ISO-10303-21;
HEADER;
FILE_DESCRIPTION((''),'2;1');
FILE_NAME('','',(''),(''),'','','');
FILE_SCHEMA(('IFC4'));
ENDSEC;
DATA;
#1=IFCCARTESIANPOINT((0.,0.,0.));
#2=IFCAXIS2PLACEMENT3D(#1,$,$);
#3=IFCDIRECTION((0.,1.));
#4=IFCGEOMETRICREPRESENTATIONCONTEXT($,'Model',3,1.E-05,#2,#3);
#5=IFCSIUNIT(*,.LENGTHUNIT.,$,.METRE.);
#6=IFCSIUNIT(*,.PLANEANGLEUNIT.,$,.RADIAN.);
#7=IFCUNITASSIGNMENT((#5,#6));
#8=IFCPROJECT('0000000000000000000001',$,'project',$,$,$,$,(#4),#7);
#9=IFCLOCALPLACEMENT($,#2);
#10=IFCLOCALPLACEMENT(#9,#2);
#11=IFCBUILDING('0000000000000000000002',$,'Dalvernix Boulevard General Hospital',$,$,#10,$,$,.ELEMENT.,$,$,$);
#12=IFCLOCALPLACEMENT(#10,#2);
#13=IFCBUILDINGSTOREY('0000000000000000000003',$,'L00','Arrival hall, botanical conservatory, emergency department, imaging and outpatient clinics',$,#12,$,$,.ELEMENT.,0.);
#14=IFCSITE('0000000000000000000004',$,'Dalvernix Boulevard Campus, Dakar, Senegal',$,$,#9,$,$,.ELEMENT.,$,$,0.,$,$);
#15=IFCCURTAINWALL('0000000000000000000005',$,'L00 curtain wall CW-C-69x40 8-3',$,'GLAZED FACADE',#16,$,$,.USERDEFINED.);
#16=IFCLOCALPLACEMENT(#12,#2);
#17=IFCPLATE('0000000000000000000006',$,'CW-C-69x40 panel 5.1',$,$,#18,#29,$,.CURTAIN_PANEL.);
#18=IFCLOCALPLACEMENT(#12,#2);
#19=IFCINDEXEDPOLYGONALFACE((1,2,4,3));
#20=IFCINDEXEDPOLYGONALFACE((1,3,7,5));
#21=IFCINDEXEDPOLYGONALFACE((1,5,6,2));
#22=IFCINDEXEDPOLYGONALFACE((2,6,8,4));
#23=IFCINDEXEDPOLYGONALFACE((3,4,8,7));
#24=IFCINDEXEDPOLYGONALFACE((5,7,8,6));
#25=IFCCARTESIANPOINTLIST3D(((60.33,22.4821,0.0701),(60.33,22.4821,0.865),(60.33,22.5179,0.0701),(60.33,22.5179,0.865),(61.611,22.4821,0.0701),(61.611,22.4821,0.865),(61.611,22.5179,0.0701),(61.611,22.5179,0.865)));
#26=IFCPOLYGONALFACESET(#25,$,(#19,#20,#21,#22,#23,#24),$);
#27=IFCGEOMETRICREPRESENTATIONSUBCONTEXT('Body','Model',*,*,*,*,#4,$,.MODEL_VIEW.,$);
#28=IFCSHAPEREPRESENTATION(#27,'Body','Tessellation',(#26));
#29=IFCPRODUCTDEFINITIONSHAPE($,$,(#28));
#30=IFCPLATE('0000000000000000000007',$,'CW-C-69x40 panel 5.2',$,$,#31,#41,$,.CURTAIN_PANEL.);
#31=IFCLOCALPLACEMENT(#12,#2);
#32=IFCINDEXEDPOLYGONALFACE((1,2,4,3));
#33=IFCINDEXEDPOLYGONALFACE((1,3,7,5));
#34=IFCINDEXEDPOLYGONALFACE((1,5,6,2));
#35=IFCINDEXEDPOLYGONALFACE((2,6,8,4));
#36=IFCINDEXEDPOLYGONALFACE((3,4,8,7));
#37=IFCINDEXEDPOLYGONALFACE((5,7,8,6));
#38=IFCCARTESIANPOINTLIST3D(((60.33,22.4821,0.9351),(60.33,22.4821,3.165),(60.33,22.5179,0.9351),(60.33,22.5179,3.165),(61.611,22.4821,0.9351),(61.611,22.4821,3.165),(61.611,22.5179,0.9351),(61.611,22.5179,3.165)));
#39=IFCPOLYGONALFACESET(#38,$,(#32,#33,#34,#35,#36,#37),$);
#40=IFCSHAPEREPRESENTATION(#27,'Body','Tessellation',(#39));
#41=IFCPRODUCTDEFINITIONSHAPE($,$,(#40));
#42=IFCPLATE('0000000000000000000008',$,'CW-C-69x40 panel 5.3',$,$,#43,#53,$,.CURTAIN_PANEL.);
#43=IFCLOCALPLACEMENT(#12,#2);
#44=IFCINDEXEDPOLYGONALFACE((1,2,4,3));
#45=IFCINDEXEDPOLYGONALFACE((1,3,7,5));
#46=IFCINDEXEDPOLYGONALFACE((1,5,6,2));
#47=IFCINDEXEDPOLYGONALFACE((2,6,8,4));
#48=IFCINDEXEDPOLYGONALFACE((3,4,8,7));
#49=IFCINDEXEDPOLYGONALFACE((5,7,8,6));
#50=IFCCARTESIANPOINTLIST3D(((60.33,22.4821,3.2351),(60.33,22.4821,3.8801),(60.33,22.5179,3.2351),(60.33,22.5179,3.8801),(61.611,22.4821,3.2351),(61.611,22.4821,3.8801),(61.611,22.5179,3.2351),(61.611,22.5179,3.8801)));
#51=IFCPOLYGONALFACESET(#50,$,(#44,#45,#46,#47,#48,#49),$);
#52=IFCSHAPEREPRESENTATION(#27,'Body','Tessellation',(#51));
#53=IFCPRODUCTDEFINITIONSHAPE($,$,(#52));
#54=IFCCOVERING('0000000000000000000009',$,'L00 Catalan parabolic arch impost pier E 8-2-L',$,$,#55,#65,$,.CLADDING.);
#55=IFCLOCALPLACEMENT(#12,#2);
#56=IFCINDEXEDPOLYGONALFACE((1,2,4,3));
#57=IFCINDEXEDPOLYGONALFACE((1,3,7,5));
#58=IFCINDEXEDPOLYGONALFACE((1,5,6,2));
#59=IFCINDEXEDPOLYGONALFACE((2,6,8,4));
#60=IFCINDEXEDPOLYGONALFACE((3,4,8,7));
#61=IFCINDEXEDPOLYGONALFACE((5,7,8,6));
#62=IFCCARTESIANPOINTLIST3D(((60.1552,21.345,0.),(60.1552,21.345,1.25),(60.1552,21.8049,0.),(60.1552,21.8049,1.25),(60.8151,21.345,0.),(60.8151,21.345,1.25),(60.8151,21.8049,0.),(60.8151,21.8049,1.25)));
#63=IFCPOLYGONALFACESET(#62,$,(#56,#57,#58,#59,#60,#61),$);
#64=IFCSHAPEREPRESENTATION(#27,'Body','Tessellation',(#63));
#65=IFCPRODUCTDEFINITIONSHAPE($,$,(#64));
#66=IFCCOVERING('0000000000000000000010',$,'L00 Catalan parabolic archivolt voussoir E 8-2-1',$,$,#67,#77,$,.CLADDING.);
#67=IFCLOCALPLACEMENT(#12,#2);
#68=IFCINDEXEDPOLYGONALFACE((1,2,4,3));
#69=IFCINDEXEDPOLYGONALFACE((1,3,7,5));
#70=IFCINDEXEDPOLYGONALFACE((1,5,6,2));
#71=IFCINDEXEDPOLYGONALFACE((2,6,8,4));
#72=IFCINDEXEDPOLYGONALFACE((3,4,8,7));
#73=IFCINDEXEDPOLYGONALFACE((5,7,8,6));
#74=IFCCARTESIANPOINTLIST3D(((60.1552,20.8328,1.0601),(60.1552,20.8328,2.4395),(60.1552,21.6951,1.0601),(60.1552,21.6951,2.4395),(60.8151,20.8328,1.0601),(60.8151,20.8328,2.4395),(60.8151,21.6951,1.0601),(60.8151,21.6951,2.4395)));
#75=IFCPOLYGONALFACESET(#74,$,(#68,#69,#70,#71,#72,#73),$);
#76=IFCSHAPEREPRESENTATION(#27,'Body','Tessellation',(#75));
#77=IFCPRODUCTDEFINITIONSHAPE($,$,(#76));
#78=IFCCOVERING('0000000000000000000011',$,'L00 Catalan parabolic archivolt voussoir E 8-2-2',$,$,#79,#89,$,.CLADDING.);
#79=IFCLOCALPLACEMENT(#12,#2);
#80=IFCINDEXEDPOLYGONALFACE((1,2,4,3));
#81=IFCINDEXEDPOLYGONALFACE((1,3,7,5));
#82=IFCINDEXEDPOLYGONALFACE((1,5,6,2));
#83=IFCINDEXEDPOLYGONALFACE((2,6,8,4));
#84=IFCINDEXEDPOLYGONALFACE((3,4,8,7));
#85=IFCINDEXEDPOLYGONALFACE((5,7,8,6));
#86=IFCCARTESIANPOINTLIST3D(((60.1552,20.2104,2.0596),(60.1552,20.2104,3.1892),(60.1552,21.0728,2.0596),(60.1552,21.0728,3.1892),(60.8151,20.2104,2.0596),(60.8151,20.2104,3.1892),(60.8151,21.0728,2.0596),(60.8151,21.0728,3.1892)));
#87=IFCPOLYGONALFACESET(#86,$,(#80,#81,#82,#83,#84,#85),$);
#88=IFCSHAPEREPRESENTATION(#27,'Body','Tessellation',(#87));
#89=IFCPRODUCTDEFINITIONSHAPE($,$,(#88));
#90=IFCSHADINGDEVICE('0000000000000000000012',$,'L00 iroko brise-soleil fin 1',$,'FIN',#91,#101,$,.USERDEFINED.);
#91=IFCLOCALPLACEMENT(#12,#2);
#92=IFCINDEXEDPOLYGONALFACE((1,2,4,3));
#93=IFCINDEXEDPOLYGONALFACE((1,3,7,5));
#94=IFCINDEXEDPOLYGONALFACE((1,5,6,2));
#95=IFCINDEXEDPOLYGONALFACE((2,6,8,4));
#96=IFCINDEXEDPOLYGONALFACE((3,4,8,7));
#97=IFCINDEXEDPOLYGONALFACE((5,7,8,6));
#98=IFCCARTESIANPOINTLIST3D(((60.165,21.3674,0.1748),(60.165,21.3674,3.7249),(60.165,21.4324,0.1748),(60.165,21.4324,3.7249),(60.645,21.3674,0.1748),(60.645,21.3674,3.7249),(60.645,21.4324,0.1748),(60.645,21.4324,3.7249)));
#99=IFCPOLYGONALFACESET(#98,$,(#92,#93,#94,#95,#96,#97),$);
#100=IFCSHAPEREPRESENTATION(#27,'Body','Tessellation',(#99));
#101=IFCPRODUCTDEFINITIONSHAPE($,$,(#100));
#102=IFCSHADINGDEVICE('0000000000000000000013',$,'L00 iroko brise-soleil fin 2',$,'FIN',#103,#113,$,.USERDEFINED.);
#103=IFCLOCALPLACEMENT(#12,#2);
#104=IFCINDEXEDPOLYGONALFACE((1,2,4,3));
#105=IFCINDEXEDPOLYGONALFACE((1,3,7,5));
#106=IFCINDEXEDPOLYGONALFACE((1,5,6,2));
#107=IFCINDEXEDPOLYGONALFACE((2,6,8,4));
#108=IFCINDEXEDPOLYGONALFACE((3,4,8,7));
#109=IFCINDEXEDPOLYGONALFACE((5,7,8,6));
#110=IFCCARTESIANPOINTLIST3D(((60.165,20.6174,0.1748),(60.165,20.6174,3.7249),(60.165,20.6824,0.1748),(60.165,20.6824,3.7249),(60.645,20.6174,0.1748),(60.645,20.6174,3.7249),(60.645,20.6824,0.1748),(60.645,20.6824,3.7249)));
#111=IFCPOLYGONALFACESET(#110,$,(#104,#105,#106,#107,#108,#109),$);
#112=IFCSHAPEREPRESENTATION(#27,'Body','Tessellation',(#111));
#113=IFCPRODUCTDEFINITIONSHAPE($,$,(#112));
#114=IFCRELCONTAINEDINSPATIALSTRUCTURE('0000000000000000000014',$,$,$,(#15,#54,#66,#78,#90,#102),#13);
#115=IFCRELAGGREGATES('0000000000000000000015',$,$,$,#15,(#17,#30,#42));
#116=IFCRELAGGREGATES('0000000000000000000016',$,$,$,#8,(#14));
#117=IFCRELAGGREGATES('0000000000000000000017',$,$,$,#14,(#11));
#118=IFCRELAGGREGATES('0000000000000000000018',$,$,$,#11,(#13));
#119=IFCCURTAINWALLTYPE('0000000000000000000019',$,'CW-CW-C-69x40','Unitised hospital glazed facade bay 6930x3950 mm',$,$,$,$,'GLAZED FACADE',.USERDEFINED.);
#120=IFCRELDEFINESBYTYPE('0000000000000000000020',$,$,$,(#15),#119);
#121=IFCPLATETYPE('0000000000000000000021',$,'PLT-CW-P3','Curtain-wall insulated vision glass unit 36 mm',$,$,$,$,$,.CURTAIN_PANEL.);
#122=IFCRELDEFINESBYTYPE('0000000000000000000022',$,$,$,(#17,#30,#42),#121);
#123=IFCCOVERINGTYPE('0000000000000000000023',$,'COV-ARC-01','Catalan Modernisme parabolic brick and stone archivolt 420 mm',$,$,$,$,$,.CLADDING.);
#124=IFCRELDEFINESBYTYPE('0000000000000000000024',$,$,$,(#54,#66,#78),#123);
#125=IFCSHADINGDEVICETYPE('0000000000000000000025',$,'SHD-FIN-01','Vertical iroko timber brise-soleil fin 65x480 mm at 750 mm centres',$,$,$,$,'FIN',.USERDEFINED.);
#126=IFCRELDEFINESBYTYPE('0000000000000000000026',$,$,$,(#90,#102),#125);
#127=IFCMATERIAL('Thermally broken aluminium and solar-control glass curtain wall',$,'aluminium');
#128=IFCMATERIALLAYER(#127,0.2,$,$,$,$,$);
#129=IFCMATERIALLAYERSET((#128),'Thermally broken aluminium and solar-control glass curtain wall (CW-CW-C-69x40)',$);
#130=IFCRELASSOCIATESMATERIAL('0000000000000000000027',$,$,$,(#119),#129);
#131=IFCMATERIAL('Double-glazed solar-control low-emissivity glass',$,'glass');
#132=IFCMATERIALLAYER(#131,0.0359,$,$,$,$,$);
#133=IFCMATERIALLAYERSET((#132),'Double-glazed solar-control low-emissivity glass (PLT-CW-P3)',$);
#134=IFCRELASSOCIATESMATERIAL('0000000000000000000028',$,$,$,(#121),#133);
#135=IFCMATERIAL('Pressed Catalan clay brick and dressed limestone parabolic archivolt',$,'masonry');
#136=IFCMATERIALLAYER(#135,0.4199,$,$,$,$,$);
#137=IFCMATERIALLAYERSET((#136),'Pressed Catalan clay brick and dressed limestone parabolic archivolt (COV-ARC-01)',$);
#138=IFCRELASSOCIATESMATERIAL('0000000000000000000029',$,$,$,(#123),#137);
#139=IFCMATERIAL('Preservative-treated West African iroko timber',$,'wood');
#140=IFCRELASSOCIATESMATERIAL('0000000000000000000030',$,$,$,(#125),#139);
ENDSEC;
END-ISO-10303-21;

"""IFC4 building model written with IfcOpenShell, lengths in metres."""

from ifc_helpers import new_model, si_unit, direction, frame, origin, origin_2d, place, context, subcontext, project, spatial, rectangle, extrude, material, layer, layer_set, type_object, element, aggregate, save


model = new_model("IFC4")

# Units and contexts
model_context = context("Model", 3, precision=1e-05, world=origin(), true_north=direction((0.0, 1.0)))
body_context = subcontext(model_context, "Body", "Model", "MODEL_VIEW")
ifc_project = project(units=[si_unit("LENGTHUNIT", "METRE"), si_unit("PLANEANGLEUNIT", "RADIAN")], contexts=[model_context])

# Site, building, storey
site_placement = place(None, origin())
site = spatial("IfcSite", under=ifc_project, at=site_placement, Name="Dalvernix Boulevard Campus, Dakar, Senegal", CompositionType="ELEMENT", RefElevation=0.0)
building_placement = place(site_placement, origin())
building = spatial("IfcBuilding", under=site, at=building_placement, Name="Dalvernix Boulevard General Hospital", CompositionType="ELEMENT")
storey_placement = place(building_placement, origin())
storey = spatial("IfcBuildingStorey", under=building, at=storey_placement, Name="L00", Description="Arrival hall, botanical conservatory, emergency department, imaging and outpatient clinics", CompositionType="ELEMENT", Elevation=0.0)

# Curtain wall, plates
ifc_material_1 = material(Name="Thermally broken aluminium and solar-control glass curtain wall", Category="aluminium")
ifc_layer_1 = layer(ifc_material_1, 0.2)
ifc_layer_set_1 = layer_set([ifc_layer_1], Name="Thermally broken aluminium and solar-control glass curtain wall (CW-CW-C-69x40)")
curtain_wall_type = type_object("IfcCurtainWallType", Name="CW-CW-C-69x40", Description="Unitised hospital glazed facade bay 6930x3950 mm", ElementType="GLAZED FACADE", PredefinedType="USERDEFINED", material=ifc_layer_set_1)
curtain_wall_placement = place(storey_placement, origin())
curtain_wall = element("IfcCurtainWall", 1, at=curtain_wall_placement, inside=storey, type_object=curtain_wall_type, Name="L00 curtain wall CW-C-69x40 8-3", ObjectType="GLAZED FACADE", PredefinedType="USERDEFINED")
ifc_material_2 = material(Name="Double-glazed solar-control low-emissivity glass", Category="glass")
ifc_layer_2 = layer(ifc_material_2, 0.0359)
ifc_layer_set_2 = layer_set([ifc_layer_2], Name="Double-glazed solar-control low-emissivity glass (PLT-CW-P3)")
plate_type = type_object("IfcPlateType", Name="PLT-CW-P3", Description="Curtain-wall insulated vision glass unit 36 mm", PredefinedType="CURTAIN_PANEL", material=ifc_layer_set_2)
plate_1_placement = place(storey_placement, frame((60.9705, 22.5, 0.0701), z_axis=(0.0, 0.0, 1.0), x_axis=(-1.0, 0.0, 0.0)))
plate_1 = element("IfcPlate", 2, at=plate_1_placement, type_object=plate_type, Name="CW-C-69x40 panel 5.1", PredefinedType="CURTAIN_PANEL", context=body_context, shape_type="SweptSolid", body=[
    extrude(rectangle(XDim=1.281, YDim=0.0359, at=origin_2d()), origin(), (0.0, 0.0, 1.0), 0.7949),
])
plate_2_placement = place(storey_placement, frame((60.9705, 22.5, 0.9351), z_axis=(0.0, 0.0, 1.0), x_axis=(-1.0, 0.0, 0.0)))
plate_2 = element("IfcPlate", 3, at=plate_2_placement, type_object=plate_type, Name="CW-C-69x40 panel 5.2", PredefinedType="CURTAIN_PANEL", context=body_context, shape_type="SweptSolid", body=[
    extrude(rectangle(XDim=1.281, YDim=0.0359, at=origin_2d()), origin(), (0.0, 0.0, 1.0), 2.23),
])
plate_3_placement = place(storey_placement, frame((60.9705, 22.5, 3.2351), z_axis=(0.0, 0.0, 1.0), x_axis=(-1.0, 0.0, 0.0)))
plate_3 = element("IfcPlate", 4, at=plate_3_placement, type_object=plate_type, Name="CW-C-69x40 panel 5.3", PredefinedType="CURTAIN_PANEL", context=body_context, shape_type="SweptSolid", body=[
    extrude(rectangle(XDim=1.281, YDim=0.0359, at=origin_2d()), origin(), (0.0, 0.0, 1.0), 0.645),
])
aggregate(curtain_wall, [plate_1, plate_2, plate_3])

# Coverings
ifc_material_3 = material(Name="Pressed Catalan clay brick and dressed limestone parabolic archivolt", Category="masonry")
ifc_layer_3 = layer(ifc_material_3, 0.4199)
ifc_layer_set_3 = layer_set([ifc_layer_3], Name="Pressed Catalan clay brick and dressed limestone parabolic archivolt (COV-ARC-01)")
covering_type = type_object("IfcCoveringType", Name="COV-ARC-01", Description="Catalan Modernisme parabolic brick and stone archivolt 420 mm", PredefinedType="CLADDING", material=ifc_layer_set_3)
covering_1_placement = place(storey_placement, frame((60.4851, 21.575, 0.0), z_axis=(0.0, 0.0, 1.0), x_axis=(0.0, -1.0, 0.0)))
element("IfcCovering", 5, at=covering_1_placement, inside=storey, type_object=covering_type, Name="L00 Catalan parabolic arch impost pier E 8-2-L", PredefinedType="CLADDING", context=body_context, shape_type="SweptSolid", body=[
    extrude(rectangle(XDim=0.46, YDim=0.6599, at=origin_2d()), origin(), (0.0, 0.0, 1.0), 1.25),
])
covering_2_placement = place(storey_placement, frame((60.4851, 21.2639, 1.0601), z_axis=(0.0, 0.0, 1.0), x_axis=(0.0, -1.0, 0.0)))
element("IfcCovering", 6, at=covering_2_placement, inside=storey, type_object=covering_type, Name="L00 Catalan parabolic archivolt voussoir E 8-2-1", PredefinedType="CLADDING", context=body_context, shape_type="SweptSolid", body=[
    extrude(rectangle(XDim=0.8623, YDim=0.6599, at=origin_2d()), origin(), (0.0, 0.0, 1.0), 1.3794),
])
covering_3_placement = place(storey_placement, frame((60.4851, 20.6416, 2.0596), z_axis=(0.0, 0.0, 1.0), x_axis=(0.0, -1.0, 0.0)))
element("IfcCovering", 7, at=covering_3_placement, inside=storey, type_object=covering_type, Name="L00 Catalan parabolic archivolt voussoir E 8-2-2", PredefinedType="CLADDING", context=body_context, shape_type="SweptSolid", body=[
    extrude(rectangle(XDim=0.8623, YDim=0.6599, at=origin_2d()), origin(), (0.0, 0.0, 1.0), 1.1296),
])

# Shading devices
ifc_material_4 = material(Name="Preservative-treated West African iroko timber", Category="wood")
shading_device_type = type_object("IfcShadingDeviceType", Name="SHD-FIN-01", Description="Vertical iroko timber brise-soleil fin 65x480 mm at 750 mm centres", ElementType="FIN", PredefinedType="USERDEFINED", material=ifc_material_4)
for number, where, z_axis, x_axis, name in (
    (8, (60.405, 21.3999, 0.1748), (0.0, 0.0, 1.0), (0.0, -1.0, 0.0), "L00 iroko brise-soleil fin 1"),
    (9, (60.405, 20.6499, 0.1748), (0.0, 0.0, 1.0), (0.0, -1.0, 0.0), "L00 iroko brise-soleil fin 2"),
):
    element("IfcShadingDevice", number, at=place(storey_placement, frame(where, z_axis=z_axis, x_axis=x_axis)), inside=storey, type_object=shading_device_type, Name=name, ObjectType="FIN", PredefinedType="USERDEFINED", context=body_context, shape_type="SweptSolid", body=[
        extrude(rectangle(XDim=0.0649, YDim=0.48, at=origin_2d()), origin(), (0.0, 0.0, 1.0), 3.55),
    ])

save(model, "model.ifc")
